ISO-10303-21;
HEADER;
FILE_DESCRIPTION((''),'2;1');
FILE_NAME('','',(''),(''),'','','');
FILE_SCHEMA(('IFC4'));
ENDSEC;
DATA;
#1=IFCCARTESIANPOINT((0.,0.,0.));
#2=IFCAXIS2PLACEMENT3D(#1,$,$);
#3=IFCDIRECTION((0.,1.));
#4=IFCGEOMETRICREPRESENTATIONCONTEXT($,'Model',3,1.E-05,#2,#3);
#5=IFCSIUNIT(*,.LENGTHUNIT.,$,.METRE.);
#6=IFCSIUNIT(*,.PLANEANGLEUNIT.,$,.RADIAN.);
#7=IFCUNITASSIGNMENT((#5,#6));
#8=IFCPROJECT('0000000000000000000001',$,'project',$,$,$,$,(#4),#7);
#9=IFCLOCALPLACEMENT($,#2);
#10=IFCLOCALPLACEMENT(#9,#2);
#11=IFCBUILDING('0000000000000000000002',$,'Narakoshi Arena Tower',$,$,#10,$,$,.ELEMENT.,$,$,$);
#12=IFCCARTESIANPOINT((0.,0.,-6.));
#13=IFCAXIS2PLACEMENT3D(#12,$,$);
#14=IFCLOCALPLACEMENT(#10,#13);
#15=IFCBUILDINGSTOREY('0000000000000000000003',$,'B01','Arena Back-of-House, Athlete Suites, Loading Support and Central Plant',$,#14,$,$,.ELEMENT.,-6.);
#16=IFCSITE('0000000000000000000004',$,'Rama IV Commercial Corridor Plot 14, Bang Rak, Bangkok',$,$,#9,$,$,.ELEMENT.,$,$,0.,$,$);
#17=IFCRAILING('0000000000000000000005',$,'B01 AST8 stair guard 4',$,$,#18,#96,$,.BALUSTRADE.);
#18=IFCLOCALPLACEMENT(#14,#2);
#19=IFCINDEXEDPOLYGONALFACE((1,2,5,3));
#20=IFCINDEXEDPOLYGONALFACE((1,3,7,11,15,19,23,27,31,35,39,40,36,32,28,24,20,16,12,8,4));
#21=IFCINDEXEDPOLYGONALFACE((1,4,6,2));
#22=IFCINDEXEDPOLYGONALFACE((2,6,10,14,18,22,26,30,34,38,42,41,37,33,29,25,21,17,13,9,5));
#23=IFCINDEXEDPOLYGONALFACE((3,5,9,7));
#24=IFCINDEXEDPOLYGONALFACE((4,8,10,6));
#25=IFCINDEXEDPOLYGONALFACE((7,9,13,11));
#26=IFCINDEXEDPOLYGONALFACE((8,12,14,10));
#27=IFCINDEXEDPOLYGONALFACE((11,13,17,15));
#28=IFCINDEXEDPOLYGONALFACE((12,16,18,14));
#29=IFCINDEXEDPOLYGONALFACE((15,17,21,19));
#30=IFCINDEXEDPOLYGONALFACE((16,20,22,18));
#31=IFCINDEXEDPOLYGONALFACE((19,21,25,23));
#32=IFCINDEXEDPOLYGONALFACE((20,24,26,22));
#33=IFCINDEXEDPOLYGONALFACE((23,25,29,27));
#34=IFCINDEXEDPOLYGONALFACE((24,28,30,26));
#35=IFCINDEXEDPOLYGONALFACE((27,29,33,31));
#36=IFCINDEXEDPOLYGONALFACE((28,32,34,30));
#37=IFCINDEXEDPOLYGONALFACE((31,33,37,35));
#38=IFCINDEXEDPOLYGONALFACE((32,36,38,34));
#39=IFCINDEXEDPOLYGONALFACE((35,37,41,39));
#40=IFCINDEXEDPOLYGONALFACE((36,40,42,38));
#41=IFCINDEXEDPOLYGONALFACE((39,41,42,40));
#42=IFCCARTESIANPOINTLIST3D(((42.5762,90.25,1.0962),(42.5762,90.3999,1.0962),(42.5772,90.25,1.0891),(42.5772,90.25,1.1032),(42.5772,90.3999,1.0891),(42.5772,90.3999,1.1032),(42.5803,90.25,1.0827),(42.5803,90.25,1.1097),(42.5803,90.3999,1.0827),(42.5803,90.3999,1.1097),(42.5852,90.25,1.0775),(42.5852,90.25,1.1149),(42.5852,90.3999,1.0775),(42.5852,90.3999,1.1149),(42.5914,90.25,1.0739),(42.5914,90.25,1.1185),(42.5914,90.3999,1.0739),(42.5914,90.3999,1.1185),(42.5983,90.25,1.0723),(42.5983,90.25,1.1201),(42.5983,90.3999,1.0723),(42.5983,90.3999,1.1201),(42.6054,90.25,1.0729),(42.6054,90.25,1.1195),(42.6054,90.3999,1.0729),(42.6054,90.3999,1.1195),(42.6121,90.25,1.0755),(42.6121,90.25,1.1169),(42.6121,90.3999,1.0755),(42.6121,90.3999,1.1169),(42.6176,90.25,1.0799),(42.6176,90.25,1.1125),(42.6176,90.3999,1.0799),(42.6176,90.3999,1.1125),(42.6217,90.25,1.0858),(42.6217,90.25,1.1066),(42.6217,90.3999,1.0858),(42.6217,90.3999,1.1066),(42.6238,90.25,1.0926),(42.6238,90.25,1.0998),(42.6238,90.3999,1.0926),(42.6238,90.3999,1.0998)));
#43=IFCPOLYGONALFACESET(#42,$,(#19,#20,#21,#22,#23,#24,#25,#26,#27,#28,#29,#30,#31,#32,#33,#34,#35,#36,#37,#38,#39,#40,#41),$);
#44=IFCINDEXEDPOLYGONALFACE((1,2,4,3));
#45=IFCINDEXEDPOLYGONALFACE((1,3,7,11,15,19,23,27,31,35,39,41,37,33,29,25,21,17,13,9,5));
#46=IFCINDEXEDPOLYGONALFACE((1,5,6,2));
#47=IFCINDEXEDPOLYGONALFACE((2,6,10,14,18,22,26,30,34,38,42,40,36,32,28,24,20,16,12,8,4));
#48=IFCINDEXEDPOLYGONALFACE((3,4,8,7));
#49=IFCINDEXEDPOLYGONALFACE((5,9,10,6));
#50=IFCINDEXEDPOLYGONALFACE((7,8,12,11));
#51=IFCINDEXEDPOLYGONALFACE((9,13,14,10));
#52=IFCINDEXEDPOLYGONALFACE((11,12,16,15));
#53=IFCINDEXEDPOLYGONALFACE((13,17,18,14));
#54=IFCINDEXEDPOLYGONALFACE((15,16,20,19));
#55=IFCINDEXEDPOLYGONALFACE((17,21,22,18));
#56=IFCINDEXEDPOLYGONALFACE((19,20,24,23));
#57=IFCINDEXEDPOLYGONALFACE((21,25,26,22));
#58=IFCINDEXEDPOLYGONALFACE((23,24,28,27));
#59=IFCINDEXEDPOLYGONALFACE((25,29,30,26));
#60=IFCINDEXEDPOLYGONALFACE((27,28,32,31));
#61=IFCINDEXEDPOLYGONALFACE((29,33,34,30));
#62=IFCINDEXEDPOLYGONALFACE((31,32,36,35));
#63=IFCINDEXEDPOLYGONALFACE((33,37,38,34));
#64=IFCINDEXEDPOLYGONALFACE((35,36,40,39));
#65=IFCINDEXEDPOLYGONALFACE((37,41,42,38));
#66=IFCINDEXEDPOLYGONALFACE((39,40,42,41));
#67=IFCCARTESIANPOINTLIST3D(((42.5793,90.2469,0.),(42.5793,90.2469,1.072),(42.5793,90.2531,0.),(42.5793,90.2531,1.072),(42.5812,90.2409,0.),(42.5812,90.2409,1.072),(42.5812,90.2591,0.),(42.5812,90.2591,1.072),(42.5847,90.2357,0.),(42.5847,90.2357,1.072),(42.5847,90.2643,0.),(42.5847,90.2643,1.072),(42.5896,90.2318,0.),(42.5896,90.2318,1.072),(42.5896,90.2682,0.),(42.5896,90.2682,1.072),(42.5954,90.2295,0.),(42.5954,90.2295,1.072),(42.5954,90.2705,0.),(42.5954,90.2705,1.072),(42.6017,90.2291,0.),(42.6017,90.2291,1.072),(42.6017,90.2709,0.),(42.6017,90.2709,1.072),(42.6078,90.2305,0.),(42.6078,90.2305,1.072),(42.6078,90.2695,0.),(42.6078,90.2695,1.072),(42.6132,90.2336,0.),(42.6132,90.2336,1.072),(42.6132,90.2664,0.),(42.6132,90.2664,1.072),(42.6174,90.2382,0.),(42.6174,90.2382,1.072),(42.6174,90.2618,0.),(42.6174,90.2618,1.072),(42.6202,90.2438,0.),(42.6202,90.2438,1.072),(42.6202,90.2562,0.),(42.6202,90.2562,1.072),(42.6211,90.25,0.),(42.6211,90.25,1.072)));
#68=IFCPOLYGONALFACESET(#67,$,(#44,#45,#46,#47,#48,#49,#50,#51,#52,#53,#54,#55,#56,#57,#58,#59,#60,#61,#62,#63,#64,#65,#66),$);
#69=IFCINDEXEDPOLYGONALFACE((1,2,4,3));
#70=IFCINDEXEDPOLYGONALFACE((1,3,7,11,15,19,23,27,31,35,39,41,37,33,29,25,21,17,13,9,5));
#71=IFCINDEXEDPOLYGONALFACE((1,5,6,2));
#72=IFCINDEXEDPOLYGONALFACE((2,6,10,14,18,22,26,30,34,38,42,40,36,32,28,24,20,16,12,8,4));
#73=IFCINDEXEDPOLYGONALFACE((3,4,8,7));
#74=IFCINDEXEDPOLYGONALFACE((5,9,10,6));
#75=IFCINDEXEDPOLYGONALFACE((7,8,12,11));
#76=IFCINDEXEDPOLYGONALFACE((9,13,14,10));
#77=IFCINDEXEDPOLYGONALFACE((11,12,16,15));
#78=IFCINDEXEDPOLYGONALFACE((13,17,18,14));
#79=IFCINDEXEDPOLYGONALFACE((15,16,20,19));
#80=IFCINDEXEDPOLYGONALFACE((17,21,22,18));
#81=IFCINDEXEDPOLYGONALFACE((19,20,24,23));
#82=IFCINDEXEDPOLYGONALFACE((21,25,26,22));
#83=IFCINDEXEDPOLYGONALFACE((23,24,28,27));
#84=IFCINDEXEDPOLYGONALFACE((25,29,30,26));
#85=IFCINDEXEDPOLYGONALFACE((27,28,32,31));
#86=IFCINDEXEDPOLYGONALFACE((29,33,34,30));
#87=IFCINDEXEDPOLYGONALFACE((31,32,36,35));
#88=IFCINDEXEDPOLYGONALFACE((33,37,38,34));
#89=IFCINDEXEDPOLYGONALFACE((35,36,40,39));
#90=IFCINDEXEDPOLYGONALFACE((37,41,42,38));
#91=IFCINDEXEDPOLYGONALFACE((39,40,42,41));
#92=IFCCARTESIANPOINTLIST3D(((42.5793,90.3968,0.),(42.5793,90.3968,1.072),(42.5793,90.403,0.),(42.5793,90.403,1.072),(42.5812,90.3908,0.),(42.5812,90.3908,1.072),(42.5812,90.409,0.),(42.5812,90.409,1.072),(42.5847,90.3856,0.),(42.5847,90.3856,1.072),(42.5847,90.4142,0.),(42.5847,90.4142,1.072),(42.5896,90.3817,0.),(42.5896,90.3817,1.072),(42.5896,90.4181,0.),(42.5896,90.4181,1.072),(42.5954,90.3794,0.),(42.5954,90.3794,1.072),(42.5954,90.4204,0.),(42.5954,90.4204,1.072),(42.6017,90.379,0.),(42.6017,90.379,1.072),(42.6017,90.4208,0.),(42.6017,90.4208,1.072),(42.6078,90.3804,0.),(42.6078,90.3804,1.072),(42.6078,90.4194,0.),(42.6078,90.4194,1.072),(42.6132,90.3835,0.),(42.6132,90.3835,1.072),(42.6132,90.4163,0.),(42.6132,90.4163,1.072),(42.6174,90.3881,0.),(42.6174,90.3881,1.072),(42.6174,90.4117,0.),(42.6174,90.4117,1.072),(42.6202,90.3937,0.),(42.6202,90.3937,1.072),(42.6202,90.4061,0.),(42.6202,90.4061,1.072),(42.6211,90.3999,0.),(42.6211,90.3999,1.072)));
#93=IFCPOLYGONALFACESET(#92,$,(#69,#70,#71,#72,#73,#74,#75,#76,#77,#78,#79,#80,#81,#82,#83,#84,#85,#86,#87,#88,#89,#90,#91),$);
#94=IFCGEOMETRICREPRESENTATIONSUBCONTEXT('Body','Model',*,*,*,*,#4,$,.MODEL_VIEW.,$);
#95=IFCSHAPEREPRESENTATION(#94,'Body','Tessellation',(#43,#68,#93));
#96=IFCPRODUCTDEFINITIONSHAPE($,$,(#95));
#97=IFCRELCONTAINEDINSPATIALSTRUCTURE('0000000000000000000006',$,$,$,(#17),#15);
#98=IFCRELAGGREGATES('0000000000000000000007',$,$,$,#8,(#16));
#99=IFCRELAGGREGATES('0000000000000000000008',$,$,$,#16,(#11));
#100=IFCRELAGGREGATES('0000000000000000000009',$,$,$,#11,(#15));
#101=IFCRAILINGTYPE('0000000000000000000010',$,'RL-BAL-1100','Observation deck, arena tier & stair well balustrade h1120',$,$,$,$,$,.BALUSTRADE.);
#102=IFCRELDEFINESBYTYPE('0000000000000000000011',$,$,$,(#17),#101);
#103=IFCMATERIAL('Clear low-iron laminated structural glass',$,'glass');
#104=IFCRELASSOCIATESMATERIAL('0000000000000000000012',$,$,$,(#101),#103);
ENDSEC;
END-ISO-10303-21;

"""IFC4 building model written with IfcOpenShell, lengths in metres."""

from ifc_helpers import new_model, si_unit, direction, frame, origin, origin_2d, place, context, subcontext, project, spatial, circle, extrude, material, type_object, element, save


model = new_model("IFC4")

# Units and contexts
model_context = context("Model", 3, precision=1e-05, world=origin(), true_north=direction((0.0, 1.0)))
body_context = subcontext(model_context, "Body", "Model", "MODEL_VIEW")
ifc_project = project(units=[si_unit("LENGTHUNIT", "METRE"), si_unit("PLANEANGLEUNIT", "RADIAN")], contexts=[model_context])

# Site, building, storey
site_placement = place(None, origin())
site = spatial("IfcSite", under=ifc_project, at=site_placement, Name="Rama IV Commercial Corridor Plot 14, Bang Rak, Bangkok", CompositionType="ELEMENT", RefElevation=0.0)
building_placement = place(site_placement, origin())
building = spatial("IfcBuilding", under=site, at=building_placement, Name="Narakoshi Arena Tower", CompositionType="ELEMENT")
storey_placement = place(building_placement, frame((0.0, 0.0, -6.0)))
storey = spatial("IfcBuildingStorey", under=building, at=storey_placement, Name="B01", Description="Arena Back-of-House, Athlete Suites, Loading Support and Central Plant", CompositionType="ELEMENT", Elevation=-6.0)

# Railing
ifc_material_1 = material(Name="Clear low-iron laminated structural glass", Category="glass")
railing_type_1 = type_object("IfcRailingType", Name="RL-BAL-1100", Description="Observation deck, arena tier & stair well balustrade h1120", PredefinedType="BALUSTRADE", material=ifc_material_1)
railing_1_placement = place(storey_placement, frame((42.6001, 90.25, 0.0)))
element("IfcRailing", 1, at=railing_1_placement, inside=storey, type_object=railing_type_1, Name="B01 AST8 stair guard 4", PredefinedType="BALUSTRADE", context=body_context, shape_type="SweptSolid", body=[
    extrude(circle(Radius=0.0239, at=origin_2d()), frame((0.0, 0.0, 1.0962), z_axis=(0.0, 1.0, 0.0), x_axis=(-1.0, 0.0, 0.0)), (0.0, 0.0, 1.0), 0.1499),
    extrude(circle(Radius=0.021, at=origin_2d()), origin(), (0.0, 0.0, 1.0), 1.072),
    extrude(circle(Radius=0.021, at=origin_2d()), frame((0.0, 0.1499, 0.0)), (0.0, 0.0, 1.0), 1.072),
])

save(model, "model.ifc")
